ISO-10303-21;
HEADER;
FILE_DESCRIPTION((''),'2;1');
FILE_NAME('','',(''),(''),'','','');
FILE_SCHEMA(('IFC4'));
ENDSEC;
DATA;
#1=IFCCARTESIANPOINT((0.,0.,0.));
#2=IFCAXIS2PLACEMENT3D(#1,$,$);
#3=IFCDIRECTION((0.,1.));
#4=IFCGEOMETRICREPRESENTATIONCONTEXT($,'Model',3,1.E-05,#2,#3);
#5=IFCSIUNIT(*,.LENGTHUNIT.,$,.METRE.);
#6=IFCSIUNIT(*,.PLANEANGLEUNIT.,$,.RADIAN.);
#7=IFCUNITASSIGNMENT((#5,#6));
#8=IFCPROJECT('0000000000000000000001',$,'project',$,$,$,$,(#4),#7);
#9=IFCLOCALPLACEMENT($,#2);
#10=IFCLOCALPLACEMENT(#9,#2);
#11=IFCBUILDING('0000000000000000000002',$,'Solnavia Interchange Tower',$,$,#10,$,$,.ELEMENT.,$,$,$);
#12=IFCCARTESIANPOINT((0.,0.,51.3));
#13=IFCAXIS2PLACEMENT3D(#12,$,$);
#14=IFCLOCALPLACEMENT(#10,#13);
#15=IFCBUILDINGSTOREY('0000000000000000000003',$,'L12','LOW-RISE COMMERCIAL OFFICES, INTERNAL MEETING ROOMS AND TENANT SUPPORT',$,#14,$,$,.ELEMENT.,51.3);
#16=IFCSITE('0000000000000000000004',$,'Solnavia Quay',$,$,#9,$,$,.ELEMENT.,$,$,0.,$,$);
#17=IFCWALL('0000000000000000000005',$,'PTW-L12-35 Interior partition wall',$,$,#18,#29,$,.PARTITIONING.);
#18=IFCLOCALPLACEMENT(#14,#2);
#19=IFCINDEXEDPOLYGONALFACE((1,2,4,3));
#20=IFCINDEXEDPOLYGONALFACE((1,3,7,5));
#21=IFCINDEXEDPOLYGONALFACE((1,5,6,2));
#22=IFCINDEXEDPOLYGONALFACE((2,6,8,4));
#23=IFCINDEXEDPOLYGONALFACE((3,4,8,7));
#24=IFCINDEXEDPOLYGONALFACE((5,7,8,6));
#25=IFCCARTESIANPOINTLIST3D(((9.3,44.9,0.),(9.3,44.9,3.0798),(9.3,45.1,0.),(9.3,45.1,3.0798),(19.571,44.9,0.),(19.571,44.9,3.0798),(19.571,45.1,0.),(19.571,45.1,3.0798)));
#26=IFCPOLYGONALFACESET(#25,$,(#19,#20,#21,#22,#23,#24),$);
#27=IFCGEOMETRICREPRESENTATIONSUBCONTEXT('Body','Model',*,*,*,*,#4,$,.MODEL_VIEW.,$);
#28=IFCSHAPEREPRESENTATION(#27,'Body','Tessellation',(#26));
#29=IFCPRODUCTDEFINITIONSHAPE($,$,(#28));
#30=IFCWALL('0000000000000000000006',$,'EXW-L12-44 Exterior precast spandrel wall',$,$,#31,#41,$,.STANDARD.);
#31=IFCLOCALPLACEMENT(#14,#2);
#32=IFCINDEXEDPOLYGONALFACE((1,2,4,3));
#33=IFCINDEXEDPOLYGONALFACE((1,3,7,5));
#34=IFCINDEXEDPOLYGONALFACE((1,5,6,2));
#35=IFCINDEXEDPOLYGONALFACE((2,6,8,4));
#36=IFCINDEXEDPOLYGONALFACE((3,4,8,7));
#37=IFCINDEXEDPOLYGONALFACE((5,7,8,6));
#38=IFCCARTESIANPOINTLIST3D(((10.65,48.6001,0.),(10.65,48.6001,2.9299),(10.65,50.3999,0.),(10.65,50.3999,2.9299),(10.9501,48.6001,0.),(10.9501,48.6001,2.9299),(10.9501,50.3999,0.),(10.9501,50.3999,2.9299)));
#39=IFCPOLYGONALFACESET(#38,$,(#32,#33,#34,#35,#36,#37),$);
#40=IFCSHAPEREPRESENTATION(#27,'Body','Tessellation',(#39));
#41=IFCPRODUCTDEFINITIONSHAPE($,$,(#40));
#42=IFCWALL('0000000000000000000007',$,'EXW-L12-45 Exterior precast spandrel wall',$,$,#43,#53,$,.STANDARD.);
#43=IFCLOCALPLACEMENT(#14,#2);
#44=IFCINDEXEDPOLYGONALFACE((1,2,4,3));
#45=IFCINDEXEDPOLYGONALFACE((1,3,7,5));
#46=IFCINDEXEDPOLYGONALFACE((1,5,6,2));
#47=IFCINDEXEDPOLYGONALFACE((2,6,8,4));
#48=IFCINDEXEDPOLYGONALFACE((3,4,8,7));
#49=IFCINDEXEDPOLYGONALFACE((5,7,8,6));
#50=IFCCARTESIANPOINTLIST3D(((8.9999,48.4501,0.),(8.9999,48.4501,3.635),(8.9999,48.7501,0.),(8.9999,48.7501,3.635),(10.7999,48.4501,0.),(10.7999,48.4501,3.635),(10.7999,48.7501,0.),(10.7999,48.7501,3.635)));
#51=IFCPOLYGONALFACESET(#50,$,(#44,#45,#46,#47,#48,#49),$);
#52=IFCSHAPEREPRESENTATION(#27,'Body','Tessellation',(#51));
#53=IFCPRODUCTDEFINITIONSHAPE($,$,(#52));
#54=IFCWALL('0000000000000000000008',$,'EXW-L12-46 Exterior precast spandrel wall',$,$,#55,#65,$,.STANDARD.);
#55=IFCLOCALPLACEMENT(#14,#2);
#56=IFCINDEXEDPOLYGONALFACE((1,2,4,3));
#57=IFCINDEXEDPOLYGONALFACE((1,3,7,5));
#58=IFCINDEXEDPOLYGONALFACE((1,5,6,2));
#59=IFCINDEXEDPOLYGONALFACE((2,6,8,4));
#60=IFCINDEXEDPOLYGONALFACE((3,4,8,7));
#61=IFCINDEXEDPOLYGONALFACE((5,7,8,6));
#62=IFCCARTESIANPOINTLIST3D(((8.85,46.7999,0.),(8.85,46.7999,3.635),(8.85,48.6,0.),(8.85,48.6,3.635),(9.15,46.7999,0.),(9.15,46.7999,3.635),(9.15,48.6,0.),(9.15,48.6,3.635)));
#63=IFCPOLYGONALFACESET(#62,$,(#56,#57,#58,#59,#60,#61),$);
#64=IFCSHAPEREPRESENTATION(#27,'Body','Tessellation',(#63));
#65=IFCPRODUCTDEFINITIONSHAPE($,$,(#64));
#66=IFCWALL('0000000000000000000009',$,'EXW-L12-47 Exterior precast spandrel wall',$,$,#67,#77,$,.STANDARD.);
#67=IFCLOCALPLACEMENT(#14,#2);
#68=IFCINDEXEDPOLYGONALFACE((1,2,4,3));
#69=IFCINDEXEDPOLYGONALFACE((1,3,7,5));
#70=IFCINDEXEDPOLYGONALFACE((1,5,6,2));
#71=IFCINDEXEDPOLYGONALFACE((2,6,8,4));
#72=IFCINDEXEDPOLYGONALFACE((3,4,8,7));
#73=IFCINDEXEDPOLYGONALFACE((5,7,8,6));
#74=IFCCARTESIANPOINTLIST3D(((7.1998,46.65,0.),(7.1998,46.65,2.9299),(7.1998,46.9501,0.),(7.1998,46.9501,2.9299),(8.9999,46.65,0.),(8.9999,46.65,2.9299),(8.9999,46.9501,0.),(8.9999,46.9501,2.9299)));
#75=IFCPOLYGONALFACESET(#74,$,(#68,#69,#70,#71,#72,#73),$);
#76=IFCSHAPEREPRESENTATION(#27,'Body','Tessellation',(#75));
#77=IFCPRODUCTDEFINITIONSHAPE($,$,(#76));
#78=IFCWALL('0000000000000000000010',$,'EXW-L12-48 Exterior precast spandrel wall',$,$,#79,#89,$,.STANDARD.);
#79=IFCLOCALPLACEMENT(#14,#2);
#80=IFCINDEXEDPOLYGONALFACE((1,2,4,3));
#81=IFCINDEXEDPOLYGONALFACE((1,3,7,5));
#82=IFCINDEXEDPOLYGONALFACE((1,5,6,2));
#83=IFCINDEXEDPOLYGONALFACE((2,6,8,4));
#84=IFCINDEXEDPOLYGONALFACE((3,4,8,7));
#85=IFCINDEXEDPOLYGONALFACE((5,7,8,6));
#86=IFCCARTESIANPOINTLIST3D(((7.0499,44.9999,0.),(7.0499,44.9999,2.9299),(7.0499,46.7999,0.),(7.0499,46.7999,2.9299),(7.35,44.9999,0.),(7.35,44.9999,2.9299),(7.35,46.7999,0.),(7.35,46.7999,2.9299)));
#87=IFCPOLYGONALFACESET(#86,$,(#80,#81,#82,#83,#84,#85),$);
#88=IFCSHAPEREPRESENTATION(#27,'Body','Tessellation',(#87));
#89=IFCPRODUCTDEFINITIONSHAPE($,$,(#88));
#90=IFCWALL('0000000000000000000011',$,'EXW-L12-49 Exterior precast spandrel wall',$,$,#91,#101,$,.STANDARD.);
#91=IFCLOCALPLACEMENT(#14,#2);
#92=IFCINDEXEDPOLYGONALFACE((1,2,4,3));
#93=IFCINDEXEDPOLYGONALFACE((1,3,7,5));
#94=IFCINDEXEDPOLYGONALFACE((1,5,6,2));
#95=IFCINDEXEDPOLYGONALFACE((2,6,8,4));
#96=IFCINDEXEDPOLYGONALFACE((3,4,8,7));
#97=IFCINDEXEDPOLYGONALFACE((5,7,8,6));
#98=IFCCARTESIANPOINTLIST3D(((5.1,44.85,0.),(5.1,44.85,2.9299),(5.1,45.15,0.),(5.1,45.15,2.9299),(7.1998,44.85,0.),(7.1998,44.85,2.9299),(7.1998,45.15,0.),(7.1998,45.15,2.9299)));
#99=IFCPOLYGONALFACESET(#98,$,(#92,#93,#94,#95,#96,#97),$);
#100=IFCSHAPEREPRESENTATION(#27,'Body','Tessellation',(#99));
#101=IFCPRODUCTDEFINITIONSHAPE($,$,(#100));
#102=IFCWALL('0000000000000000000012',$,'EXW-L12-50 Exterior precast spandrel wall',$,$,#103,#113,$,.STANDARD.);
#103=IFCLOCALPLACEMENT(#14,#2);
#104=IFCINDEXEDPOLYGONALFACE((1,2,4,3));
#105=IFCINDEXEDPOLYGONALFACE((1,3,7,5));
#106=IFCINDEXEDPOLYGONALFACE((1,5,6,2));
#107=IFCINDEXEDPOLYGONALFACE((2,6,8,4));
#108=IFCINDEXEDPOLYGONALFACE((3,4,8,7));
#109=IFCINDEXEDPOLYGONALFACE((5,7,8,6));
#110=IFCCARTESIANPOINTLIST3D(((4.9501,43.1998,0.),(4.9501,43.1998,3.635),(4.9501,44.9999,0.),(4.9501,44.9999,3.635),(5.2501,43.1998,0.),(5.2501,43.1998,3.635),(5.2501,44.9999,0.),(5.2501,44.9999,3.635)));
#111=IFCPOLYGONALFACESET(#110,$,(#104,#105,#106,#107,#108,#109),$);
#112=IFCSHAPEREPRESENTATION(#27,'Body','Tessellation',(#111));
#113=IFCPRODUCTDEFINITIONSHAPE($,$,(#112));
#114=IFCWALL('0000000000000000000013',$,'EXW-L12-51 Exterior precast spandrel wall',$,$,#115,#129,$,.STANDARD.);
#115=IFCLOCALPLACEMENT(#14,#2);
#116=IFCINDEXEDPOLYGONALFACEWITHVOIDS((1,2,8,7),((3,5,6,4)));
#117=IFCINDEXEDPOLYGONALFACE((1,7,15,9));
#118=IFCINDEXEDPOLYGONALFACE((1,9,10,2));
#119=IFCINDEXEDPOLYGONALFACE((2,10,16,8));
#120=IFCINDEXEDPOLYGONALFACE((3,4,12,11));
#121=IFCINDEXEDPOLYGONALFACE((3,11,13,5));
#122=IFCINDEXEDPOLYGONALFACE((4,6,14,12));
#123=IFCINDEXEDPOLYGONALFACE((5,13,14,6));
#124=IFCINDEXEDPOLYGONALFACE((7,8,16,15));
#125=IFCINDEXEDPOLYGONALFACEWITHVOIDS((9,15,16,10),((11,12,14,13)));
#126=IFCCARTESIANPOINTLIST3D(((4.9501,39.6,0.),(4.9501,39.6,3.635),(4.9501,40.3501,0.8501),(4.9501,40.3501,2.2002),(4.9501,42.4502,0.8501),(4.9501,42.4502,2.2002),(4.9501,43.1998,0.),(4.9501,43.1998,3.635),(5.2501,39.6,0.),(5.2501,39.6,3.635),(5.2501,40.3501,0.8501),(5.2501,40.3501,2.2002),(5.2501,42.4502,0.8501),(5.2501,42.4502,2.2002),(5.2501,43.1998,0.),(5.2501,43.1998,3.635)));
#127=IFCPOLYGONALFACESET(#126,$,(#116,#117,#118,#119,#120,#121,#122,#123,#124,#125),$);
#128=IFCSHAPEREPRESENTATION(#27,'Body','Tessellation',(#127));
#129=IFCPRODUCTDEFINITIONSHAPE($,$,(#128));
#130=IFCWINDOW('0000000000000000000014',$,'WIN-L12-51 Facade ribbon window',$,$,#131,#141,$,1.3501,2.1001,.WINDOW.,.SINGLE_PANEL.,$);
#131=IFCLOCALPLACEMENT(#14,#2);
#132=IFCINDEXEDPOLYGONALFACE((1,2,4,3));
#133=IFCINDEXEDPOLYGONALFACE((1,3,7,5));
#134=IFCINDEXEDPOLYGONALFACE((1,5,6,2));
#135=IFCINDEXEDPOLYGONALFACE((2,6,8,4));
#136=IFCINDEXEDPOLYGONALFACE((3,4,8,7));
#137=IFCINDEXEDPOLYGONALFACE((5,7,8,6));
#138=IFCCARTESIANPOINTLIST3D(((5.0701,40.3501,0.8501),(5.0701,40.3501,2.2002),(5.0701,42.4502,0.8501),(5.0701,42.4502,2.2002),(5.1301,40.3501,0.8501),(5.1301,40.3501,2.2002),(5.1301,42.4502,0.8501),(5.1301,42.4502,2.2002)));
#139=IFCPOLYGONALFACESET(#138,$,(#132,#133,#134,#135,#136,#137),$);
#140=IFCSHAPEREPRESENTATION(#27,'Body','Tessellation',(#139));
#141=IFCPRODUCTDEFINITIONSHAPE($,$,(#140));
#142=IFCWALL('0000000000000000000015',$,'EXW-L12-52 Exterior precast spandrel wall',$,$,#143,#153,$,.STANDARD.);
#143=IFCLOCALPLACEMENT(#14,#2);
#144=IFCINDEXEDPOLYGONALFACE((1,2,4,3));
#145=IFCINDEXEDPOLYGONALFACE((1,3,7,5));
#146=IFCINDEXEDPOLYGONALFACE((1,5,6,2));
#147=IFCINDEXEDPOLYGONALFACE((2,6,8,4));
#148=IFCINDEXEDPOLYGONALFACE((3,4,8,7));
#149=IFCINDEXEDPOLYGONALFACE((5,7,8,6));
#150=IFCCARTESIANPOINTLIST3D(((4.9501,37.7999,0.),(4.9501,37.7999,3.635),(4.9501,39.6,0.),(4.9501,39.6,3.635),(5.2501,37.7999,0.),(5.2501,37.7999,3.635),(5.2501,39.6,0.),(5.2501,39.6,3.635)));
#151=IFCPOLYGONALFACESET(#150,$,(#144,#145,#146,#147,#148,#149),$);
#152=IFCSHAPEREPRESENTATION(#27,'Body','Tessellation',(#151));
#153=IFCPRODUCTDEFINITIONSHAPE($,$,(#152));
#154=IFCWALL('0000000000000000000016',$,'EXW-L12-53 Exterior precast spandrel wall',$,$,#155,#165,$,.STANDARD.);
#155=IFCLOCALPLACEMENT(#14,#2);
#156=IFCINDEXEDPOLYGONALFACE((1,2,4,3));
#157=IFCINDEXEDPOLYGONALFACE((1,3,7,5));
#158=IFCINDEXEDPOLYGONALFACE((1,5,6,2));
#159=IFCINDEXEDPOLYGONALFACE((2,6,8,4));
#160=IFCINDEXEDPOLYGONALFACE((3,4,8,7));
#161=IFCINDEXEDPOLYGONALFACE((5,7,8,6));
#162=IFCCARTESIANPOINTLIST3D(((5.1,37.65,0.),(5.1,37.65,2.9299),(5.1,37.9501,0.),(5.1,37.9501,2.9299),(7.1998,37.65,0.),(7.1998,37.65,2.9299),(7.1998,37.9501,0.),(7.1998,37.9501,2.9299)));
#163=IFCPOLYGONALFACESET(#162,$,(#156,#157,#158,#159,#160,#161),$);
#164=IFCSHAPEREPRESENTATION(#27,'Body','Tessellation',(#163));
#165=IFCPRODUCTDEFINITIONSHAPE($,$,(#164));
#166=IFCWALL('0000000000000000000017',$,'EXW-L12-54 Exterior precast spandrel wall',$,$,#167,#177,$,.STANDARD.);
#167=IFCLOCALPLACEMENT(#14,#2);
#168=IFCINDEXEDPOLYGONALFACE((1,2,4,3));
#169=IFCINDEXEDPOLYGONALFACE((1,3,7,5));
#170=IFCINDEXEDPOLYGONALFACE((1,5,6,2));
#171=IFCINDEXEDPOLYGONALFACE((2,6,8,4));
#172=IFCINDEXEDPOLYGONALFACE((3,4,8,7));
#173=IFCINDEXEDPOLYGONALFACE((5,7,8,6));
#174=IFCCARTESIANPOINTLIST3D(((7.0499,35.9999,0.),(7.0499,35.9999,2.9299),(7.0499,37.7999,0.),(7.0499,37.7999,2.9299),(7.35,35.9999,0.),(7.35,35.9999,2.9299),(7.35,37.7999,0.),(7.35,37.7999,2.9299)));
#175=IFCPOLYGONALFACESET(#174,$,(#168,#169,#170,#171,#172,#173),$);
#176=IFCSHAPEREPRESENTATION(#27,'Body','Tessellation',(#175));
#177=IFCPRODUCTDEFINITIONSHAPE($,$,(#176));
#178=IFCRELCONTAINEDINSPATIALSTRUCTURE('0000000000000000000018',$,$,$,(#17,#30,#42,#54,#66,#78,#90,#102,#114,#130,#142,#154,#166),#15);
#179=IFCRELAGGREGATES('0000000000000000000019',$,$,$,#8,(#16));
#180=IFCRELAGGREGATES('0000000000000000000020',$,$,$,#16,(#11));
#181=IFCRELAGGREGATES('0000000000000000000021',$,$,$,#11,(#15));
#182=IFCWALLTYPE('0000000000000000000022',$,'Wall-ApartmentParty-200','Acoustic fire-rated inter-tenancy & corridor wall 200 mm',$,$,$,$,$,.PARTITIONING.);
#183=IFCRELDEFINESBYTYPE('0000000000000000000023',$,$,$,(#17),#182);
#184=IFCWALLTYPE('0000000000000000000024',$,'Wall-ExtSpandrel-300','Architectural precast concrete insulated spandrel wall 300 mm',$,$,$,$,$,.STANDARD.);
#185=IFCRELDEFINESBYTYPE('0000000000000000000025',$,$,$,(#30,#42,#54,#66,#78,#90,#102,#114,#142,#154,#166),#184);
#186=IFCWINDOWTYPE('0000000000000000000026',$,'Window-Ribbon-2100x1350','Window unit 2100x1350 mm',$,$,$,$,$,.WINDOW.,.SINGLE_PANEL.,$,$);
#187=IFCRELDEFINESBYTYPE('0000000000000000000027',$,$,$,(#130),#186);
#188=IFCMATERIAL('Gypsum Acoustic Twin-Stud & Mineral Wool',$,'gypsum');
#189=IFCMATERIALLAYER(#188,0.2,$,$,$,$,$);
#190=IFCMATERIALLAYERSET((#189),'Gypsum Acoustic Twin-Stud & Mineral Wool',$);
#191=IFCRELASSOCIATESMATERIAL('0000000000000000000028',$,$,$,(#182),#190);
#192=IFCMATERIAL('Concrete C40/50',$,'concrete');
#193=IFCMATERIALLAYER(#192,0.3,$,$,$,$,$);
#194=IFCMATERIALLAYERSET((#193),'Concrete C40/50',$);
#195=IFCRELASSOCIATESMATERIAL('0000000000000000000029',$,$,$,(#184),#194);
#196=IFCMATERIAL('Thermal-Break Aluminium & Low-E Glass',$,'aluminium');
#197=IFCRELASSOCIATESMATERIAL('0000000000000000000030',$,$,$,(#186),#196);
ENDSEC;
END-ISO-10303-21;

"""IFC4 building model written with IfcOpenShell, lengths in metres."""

from ifc_helpers import new_model, si_unit, direction, frame, frame_2d, origin, place, context, subcontext, project, spatial, rectangle, extrude, material, layer, layer_set, type_object, element, fill, save


model = new_model("IFC4")

# Units and contexts
model_context = context("Model", 3, precision=1e-05, world=origin(), true_north=direction((0.0, 1.0)))
body_context = subcontext(model_context, "Body", "Model", "MODEL_VIEW")
ifc_project = project(units=[si_unit("LENGTHUNIT", "METRE"), si_unit("PLANEANGLEUNIT", "RADIAN")], contexts=[model_context])

# Site, building, storey
site_placement = place(None, origin())
site = spatial("IfcSite", under=ifc_project, at=site_placement, Name="Solnavia Quay", CompositionType="ELEMENT", RefElevation=0.0)
building_placement = place(site_placement, origin())
building = spatial("IfcBuilding", under=site, at=building_placement, Name="Solnavia Interchange Tower", CompositionType="ELEMENT")
storey_placement = place(building_placement, frame((0.0, 0.0, 51.3)))
storey = spatial("IfcBuildingStorey", under=building, at=storey_placement, Name="L12", Description="LOW-RISE COMMERCIAL OFFICES, INTERNAL MEETING ROOMS AND TENANT SUPPORT", CompositionType="ELEMENT", Elevation=51.3)

# Walls
ifc_material_1 = material(Name="Gypsum Acoustic Twin-Stud & Mineral Wool", Category="gypsum")
ifc_layer_1 = layer(ifc_material_1, 0.2)
ifc_layer_set_1 = layer_set([ifc_layer_1], Name="Gypsum Acoustic Twin-Stud & Mineral Wool")
wall_type_1 = type_object("IfcWallType", Name="Wall-ApartmentParty-200", Description="Acoustic fire-rated inter-tenancy & corridor wall 200 mm", PredefinedType="PARTITIONING", material=ifc_layer_set_1)
wall_1_placement = place(storey_placement, frame((9.3, 45.0, 0.0), z_axis=(0.0, 0.0, 1.0), x_axis=(1.0, 0.0, 0.0)))
element("IfcWall", 1, at=wall_1_placement, inside=storey, type_object=wall_type_1, Name="PTW-L12-35 Interior partition wall", PredefinedType="PARTITIONING", context=body_context, shape_type="SweptSolid", body=[
    extrude(rectangle(XDim=10.271, YDim=0.2, at=frame_2d((5.1355, 0.0))), origin(), (0.0, 0.0, 1.0), 3.0798),
])
ifc_material_2 = material(Name="Concrete C40/50", Category="concrete")
ifc_layer_2 = layer(ifc_material_2, 0.3)
ifc_layer_set_2 = layer_set([ifc_layer_2], Name="Concrete C40/50")
wall_type_2 = type_object("IfcWallType", Name="Wall-ExtSpandrel-300", Description="Architectural precast concrete insulated spandrel wall 300 mm", PredefinedType="STANDARD", material=ifc_layer_set_2)
wall_2_placement = place(storey_placement, frame((10.8, 48.6001, 0.0), z_axis=(0.0, 0.0, 1.0), x_axis=(0.0, 1.0, 0.0)))
element("IfcWall", 2, at=wall_2_placement, inside=storey, type_object=wall_type_2, Name="EXW-L12-44 Exterior precast spandrel wall", PredefinedType="STANDARD", context=body_context, shape_type="SweptSolid", body=[
    extrude(rectangle(XDim=1.7998, YDim=0.3, at=frame_2d((0.8999, 0.0))), origin(), (0.0, 0.0, 1.0), 2.9299),
])
for number, where, z_axis, x_axis, name in (
    (3, (9.0, 48.6001, 0.0), (0.0, 0.0, 1.0), (1.0, 0.0, 0.0), "EXW-L12-45 Exterior precast spandrel wall"),
    (4, (9.0, 46.8, 0.0), (0.0, 0.0, 1.0), (0.0, 1.0, 0.0), "EXW-L12-46 Exterior precast spandrel wall"),
):
    element("IfcWall", number, at=place(storey_placement, frame(where, z_axis=z_axis, x_axis=x_axis)), inside=storey, type_object=wall_type_2, Name=name, PredefinedType="STANDARD", context=body_context, shape_type="SweptSolid", body=[
        extrude(rectangle(XDim=1.8, YDim=0.3, at=frame_2d((0.8999, 0.0))), origin(), (0.0, 0.0, 1.0), 3.635),
    ])
for number, where, z_axis, x_axis, name in (
    (5, (7.2, 46.8, 0.0), (0.0, 0.0, 1.0), (1.0, 0.0, 0.0), "EXW-L12-47 Exterior precast spandrel wall"),
    (6, (7.2, 45.0, 0.0), (0.0, 0.0, 1.0), (0.0, 1.0, 0.0), "EXW-L12-48 Exterior precast spandrel wall"),
):
    element("IfcWall", number, at=place(storey_placement, frame(where, z_axis=z_axis, x_axis=x_axis)), inside=storey, type_object=wall_type_2, Name=name, PredefinedType="STANDARD", context=body_context, shape_type="SweptSolid", body=[
        extrude(rectangle(XDim=1.8, YDim=0.3, at=frame_2d((0.8999, 0.0))), origin(), (0.0, 0.0, 1.0), 2.9299),
    ])
wall_3_placement = place(storey_placement, frame((5.1001, 45.0, 0.0), z_axis=(0.0, 0.0, 1.0), x_axis=(1.0, 0.0, 0.0)))
element("IfcWall", 7, at=wall_3_placement, inside=storey, type_object=wall_type_2, Name="EXW-L12-49 Exterior precast spandrel wall", PredefinedType="STANDARD", context=body_context, shape_type="SweptSolid", body=[
    extrude(rectangle(XDim=2.0999, YDim=0.3, at=frame_2d((1.0498, 0.0))), origin(), (0.0, 0.0, 1.0), 2.9299),
])
wall_4_placement = place(storey_placement, frame((5.1001, 43.2, 0.0), z_axis=(0.0, 0.0, 1.0), x_axis=(0.0, 1.0, 0.0)))
element("IfcWall", 8, at=wall_4_placement, inside=storey, type_object=wall_type_2, Name="EXW-L12-50 Exterior precast spandrel wall", PredefinedType="STANDARD", context=body_context, shape_type="SweptSolid", body=[
    extrude(rectangle(XDim=1.8, YDim=0.3, at=frame_2d((0.8999, 0.0))), origin(), (0.0, 0.0, 1.0), 3.635),
])

# Wall, opening, window
wall_5_placement = place(storey_placement, frame((5.1001, 39.6001, 0.0), z_axis=(0.0, 0.0, 1.0), x_axis=(0.0, 1.0, 0.0)))
wall_5 = element("IfcWall", 9, at=wall_5_placement, inside=storey, type_object=wall_type_2, Name="EXW-L12-51 Exterior precast spandrel wall", PredefinedType="STANDARD", context=body_context, shape_type="SweptSolid", body=[
    extrude(rectangle(XDim=3.5999, YDim=0.3, at=frame_2d((1.7998, 0.0))), origin(), (0.0, 0.0, 1.0), 3.635),
])
opening_placement = place(wall_5_placement, frame((0.75, 0.0, 0.8501)))
opening = element("IfcOpeningElement", 10, at=opening_placement, cuts=wall_5, PredefinedType="OPENING", context=body_context, shape_type="SweptSolid", body=[
    extrude(rectangle(XDim=2.1001, YDim=1.3501, at=frame_2d((1.05, 0.675))), frame((0.0, 0.1602, 0.0), z_axis=(0.0, -1.0, 0.0), x_axis=(1.0, 0.0, 0.0)), (0.0, 0.0, 1.0), 0.3201),
])
ifc_material_3 = material(Name="Thermal-Break Aluminium & Low-E Glass", Category="aluminium")
window_type = type_object("IfcWindowType", Name="Window-Ribbon-2100x1350", Description="Window unit 2100x1350 mm", PartitioningType="SINGLE_PANEL", PredefinedType="WINDOW", material=ifc_material_3)
window_placement = place(opening_placement, origin())
window = element("IfcWindow", 11, at=window_placement, inside=storey, type_object=window_type, Name="WIN-L12-51 Facade ribbon window", OverallHeight=1.3501, OverallWidth=2.1001, PartitioningType="SINGLE_PANEL", PredefinedType="WINDOW", context=body_context, shape_type="SweptSolid", body=[
    extrude(rectangle(XDim=2.1001, YDim=1.3501, at=frame_2d((1.05, 0.675))), frame((0.0, 0.03, 0.0), z_axis=(0.0, -1.0, 0.0), x_axis=(1.0, 0.0, 0.0)), (0.0, 0.0, 1.0), 0.0601),
])
fill(opening, window)

# Walls
wall_6_placement = place(storey_placement, frame((5.1001, 37.8, 0.0), z_axis=(0.0, 0.0, 1.0), x_axis=(0.0, 1.0, 0.0)))
element("IfcWall", 12, at=wall_6_placement, inside=storey, type_object=wall_type_2, Name="EXW-L12-52 Exterior precast spandrel wall", PredefinedType="STANDARD", context=body_context, shape_type="SweptSolid", body=[
    extrude(rectangle(XDim=1.8, YDim=0.3, at=frame_2d((0.8999, 0.0))), origin(), (0.0, 0.0, 1.0), 3.635),
])
wall_7_placement = place(storey_placement, frame((5.1001, 37.8, 0.0), z_axis=(0.0, 0.0, 1.0), x_axis=(1.0, 0.0, 0.0)))
element("IfcWall", 13, at=wall_7_placement, inside=storey, type_object=wall_type_2, Name="EXW-L12-53 Exterior precast spandrel wall", PredefinedType="STANDARD", context=body_context, shape_type="SweptSolid", body=[
    extrude(rectangle(XDim=2.0999, YDim=0.3, at=frame_2d((1.0498, 0.0))), origin(), (0.0, 0.0, 1.0), 2.9299),
])
wall_8_placement = place(storey_placement, frame((7.2, 36.0, 0.0), z_axis=(0.0, 0.0, 1.0), x_axis=(0.0, 1.0, 0.0)))
element("IfcWall", 14, at=wall_8_placement, inside=storey, type_object=wall_type_2, Name="EXW-L12-54 Exterior precast spandrel wall", PredefinedType="STANDARD", context=body_context, shape_type="SweptSolid", body=[
    extrude(rectangle(XDim=1.8, YDim=0.3, at=frame_2d((0.8999, 0.0))), origin(), (0.0, 0.0, 1.0), 2.9299),
])

save(model, "model.ifc")
